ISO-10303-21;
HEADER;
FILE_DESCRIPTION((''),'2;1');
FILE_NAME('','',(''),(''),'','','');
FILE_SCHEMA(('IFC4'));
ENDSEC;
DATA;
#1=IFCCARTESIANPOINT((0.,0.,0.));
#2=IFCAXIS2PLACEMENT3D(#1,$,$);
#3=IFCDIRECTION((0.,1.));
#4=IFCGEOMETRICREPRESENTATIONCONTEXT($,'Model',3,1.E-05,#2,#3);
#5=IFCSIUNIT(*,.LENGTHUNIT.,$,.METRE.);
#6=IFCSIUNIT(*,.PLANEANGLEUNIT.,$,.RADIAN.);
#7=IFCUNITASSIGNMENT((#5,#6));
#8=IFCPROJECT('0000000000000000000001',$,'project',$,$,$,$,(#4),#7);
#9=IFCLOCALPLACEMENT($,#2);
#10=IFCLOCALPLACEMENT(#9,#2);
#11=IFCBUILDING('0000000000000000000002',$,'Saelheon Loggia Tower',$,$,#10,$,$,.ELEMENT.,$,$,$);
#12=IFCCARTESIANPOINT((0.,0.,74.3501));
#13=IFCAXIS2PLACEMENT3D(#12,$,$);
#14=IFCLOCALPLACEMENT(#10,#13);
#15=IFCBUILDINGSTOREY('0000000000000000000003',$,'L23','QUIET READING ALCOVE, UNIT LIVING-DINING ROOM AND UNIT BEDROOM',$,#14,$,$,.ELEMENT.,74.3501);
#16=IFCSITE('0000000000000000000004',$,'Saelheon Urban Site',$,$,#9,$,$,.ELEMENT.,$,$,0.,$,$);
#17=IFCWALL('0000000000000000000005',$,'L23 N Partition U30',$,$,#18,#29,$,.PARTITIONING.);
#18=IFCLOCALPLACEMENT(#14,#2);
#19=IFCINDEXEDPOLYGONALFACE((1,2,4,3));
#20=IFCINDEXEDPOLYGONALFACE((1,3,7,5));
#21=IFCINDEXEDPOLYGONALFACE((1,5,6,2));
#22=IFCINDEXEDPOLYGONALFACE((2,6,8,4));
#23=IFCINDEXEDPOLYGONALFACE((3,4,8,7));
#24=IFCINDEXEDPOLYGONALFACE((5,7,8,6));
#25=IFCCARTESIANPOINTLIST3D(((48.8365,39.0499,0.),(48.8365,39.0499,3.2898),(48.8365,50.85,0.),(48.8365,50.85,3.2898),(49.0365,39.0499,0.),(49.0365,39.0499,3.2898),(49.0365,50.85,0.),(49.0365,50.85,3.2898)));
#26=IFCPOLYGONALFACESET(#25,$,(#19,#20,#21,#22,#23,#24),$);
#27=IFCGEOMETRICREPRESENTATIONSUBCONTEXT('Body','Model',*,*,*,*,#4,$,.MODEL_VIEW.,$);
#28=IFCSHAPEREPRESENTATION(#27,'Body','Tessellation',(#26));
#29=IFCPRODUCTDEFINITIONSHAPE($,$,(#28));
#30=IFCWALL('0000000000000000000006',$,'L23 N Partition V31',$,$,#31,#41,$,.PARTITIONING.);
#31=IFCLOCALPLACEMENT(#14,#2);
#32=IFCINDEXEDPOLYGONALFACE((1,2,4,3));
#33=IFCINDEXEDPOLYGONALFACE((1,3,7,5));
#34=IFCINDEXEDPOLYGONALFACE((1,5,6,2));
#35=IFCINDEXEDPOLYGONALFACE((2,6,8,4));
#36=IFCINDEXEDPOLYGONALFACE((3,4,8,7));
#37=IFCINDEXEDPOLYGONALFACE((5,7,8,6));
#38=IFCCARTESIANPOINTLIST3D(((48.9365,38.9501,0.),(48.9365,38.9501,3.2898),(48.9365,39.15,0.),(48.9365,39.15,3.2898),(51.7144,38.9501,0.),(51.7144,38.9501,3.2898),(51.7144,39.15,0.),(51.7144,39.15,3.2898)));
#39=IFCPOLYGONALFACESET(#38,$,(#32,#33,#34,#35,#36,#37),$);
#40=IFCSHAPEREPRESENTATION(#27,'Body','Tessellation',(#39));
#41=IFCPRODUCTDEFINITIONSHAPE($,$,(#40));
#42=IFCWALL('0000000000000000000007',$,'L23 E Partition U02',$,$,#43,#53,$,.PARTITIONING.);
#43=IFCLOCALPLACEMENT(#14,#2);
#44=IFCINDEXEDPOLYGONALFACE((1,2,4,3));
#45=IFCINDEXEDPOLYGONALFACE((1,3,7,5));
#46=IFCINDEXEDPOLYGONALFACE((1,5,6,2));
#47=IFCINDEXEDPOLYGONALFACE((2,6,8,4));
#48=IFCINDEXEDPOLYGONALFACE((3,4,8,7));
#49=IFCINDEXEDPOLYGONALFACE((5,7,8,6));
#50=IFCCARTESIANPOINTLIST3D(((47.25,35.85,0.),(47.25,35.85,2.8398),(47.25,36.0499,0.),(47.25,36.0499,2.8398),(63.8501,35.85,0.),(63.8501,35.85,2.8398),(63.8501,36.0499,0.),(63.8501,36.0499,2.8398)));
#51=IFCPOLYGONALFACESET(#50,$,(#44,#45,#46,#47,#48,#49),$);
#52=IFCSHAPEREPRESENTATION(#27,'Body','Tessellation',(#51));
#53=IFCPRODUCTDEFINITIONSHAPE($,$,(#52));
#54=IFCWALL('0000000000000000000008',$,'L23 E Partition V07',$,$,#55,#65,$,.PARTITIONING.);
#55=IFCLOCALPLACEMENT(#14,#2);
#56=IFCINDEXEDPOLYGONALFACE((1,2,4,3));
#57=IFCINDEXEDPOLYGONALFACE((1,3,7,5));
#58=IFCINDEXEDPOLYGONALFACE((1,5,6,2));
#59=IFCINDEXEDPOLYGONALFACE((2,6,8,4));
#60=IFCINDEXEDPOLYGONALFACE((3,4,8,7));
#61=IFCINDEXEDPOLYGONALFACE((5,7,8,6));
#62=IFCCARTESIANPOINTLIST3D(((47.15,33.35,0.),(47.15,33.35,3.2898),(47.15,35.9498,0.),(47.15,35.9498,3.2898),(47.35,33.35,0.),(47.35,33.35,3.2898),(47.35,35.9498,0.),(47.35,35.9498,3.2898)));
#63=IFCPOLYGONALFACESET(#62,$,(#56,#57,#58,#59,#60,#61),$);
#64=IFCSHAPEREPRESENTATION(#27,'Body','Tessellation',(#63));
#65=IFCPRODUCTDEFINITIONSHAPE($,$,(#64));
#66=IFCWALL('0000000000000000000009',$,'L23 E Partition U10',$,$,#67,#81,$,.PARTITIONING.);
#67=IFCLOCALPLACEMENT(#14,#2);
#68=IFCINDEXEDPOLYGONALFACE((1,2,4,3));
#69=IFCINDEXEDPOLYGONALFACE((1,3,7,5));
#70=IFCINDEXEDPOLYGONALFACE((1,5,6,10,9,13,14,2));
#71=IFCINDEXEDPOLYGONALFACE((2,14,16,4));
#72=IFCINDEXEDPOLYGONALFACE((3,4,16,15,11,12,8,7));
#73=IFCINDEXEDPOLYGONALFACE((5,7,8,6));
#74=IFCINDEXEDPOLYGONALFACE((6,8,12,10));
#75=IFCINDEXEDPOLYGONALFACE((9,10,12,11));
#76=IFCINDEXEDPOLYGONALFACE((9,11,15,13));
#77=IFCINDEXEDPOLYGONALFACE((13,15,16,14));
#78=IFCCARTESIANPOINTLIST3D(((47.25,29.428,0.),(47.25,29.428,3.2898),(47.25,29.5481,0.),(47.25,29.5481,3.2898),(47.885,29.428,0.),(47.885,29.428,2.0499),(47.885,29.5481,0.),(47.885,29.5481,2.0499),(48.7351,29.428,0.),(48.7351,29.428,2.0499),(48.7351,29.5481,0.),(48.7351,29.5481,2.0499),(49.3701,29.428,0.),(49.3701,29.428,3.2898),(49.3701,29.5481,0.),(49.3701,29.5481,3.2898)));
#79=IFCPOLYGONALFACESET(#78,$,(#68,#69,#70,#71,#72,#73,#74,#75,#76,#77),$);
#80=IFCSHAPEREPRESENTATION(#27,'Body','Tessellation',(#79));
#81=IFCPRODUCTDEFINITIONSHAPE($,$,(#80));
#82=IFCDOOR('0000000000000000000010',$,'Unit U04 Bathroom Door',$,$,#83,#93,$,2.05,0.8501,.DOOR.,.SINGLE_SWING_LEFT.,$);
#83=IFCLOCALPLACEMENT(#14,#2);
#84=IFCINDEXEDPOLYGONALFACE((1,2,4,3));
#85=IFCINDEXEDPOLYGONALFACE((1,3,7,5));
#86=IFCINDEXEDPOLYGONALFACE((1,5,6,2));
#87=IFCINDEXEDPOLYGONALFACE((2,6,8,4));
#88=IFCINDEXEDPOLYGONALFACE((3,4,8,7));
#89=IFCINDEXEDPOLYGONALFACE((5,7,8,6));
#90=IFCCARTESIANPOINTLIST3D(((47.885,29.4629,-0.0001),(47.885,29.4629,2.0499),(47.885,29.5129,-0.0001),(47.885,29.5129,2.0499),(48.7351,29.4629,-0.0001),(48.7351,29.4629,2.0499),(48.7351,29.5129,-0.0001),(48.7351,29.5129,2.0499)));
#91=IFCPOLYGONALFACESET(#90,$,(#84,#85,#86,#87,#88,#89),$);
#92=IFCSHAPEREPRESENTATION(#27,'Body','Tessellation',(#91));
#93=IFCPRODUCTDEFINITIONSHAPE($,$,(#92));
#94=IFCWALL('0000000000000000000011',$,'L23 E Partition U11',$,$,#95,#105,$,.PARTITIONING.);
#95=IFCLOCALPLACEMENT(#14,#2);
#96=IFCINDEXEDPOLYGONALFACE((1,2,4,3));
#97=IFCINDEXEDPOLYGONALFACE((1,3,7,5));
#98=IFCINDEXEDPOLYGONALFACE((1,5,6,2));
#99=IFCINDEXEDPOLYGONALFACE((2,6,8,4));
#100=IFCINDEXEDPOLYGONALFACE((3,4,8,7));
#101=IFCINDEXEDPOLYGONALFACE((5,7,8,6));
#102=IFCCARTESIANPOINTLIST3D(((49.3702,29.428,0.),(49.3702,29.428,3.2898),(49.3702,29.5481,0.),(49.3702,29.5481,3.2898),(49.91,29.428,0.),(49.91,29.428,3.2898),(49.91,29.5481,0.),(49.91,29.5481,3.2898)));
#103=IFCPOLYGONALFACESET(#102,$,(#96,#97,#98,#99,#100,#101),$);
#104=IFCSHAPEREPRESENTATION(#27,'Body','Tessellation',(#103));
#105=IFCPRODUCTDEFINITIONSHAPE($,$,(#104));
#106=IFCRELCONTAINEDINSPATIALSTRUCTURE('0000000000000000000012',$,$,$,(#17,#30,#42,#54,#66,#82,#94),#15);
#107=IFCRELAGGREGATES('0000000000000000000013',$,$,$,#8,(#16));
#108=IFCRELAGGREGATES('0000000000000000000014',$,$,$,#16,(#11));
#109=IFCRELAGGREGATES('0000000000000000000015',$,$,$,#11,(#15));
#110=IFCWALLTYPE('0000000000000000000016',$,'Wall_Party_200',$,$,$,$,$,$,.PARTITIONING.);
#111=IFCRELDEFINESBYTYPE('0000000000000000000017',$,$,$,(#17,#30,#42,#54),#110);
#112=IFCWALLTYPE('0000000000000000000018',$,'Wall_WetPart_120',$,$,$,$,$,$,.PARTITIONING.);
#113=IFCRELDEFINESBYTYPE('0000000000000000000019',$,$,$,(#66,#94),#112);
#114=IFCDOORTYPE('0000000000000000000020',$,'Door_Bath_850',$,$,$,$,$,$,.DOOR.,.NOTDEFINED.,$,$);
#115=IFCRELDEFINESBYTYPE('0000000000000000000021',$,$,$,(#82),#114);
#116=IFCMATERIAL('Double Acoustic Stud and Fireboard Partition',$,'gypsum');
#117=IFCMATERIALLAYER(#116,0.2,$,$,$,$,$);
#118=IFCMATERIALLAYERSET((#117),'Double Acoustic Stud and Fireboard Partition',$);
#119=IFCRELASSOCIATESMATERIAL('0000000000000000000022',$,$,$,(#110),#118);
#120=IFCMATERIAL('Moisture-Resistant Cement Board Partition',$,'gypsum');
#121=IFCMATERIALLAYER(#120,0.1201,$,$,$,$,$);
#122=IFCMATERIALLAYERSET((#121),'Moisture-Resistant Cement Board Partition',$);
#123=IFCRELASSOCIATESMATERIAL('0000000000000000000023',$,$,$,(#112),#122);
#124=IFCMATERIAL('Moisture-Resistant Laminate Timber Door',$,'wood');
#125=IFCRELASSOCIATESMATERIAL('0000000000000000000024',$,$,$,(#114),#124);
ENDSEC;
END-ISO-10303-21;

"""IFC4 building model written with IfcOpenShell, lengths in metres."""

from ifc_helpers import new_model, si_unit, direction, frame, frame_2d, origin, place, context, subcontext, project, spatial, rectangle, extrude, source, transform, mapped, material, layer, layer_set, type_object, element, fill, save


model = new_model("IFC4")

# Units and contexts
model_context = context("Model", 3, precision=1e-05, world=origin(), true_north=direction((0.0, 1.0)))
body_context = subcontext(model_context, "Body", "Model", "MODEL_VIEW")
ifc_project = project(units=[si_unit("LENGTHUNIT", "METRE"), si_unit("PLANEANGLEUNIT", "RADIAN")], contexts=[model_context])

# Site, building, storey
site_placement = place(None, origin())
site = spatial("IfcSite", under=ifc_project, at=site_placement, Name="Saelheon Urban Site", CompositionType="ELEMENT", RefElevation=0.0)
building_placement = place(site_placement, origin())
building = spatial("IfcBuilding", under=site, at=building_placement, Name="Saelheon Loggia Tower", CompositionType="ELEMENT")
storey_placement = place(building_placement, frame((0.0, 0.0, 74.3501)))
storey = spatial("IfcBuildingStorey", under=building, at=storey_placement, Name="L23", Description="QUIET READING ALCOVE, UNIT LIVING-DINING ROOM AND UNIT BEDROOM", CompositionType="ELEMENT", Elevation=74.3501)

# Walls
ifc_material_1 = material(Name="Double Acoustic Stud and Fireboard Partition", Category="gypsum")
ifc_layer_1 = layer(ifc_material_1, 0.2)
ifc_layer_set_1 = layer_set([ifc_layer_1], Name="Double Acoustic Stud and Fireboard Partition")
wall_type_1 = type_object("IfcWallType", Name="Wall_Party_200", PredefinedType="PARTITIONING", material=ifc_layer_set_1)
wall_1_placement = place(storey_placement, frame((48.9365, 39.05, 0.0), z_axis=(0.0, 0.0, 1.0), x_axis=(0.0, 1.0, 0.0)))
element("IfcWall", 1, at=wall_1_placement, inside=storey, type_object=wall_type_1, Name="L23 N Partition U30", PredefinedType="PARTITIONING", context=body_context, shape_type="SweptSolid", body=[
    extrude(rectangle(XDim=11.8, YDim=0.2, at=frame_2d((5.8999, 0.0))), origin(), (0.0, 0.0, 1.0), 3.2898),
])
wall_2_placement = place(storey_placement, frame((48.9365, 39.05, 0.0), z_axis=(0.0, 0.0, 1.0), x_axis=(1.0, 0.0, 0.0)))
element("IfcWall", 2, at=wall_2_placement, inside=storey, type_object=wall_type_1, Name="L23 N Partition V31", PredefinedType="PARTITIONING", context=body_context, shape_type="SweptSolid", body=[
    extrude(rectangle(XDim=2.7778, YDim=0.2, at=frame_2d((1.3889, 0.0))), origin(), (0.0, 0.0, 1.0), 3.2898),
])

# Walls
wall_3_placement = place(storey_placement, frame((47.25, 35.95, 0.0), z_axis=(0.0, 0.0, 1.0), x_axis=(1.0, 0.0, 0.0)))
element("IfcWall", 3, at=wall_3_placement, inside=storey, type_object=wall_type_1, Name="L23 E Partition U02", PredefinedType="PARTITIONING", context=body_context, shape_type="SweptSolid", body=[
    extrude(rectangle(XDim=16.6001, YDim=0.2, at=frame_2d((8.3, 0.0))), origin(), (0.0, 0.0, 1.0), 2.8398),
])
wall_4_placement = place(storey_placement, frame((47.25, 33.3501, 0.0), z_axis=(0.0, 0.0, 1.0), x_axis=(0.0, 1.0, 0.0)))
element("IfcWall", 4, at=wall_4_placement, inside=storey, type_object=wall_type_1, Name="L23 E Partition V07", PredefinedType="PARTITIONING", context=body_context, shape_type="SweptSolid", body=[
    extrude(rectangle(XDim=2.5999, YDim=0.2, at=frame_2d((1.2998, 0.0))), origin(), (0.0, 0.0, 1.0), 3.2898),
])

# Wall, opening, door
ifc_material_2 = material(Name="Moisture-Resistant Cement Board Partition", Category="gypsum")
ifc_layer_2 = layer(ifc_material_2, 0.1201)
ifc_layer_set_2 = layer_set([ifc_layer_2], Name="Moisture-Resistant Cement Board Partition")
wall_type_2 = type_object("IfcWallType", Name="Wall_WetPart_120", PredefinedType="PARTITIONING", material=ifc_layer_set_2)
wall_5_placement = place(storey_placement, frame((47.25, 29.488, 0.0), z_axis=(0.0, 0.0, 1.0), x_axis=(1.0, 0.0, 0.0)))
wall_5 = element("IfcWall", 5, at=wall_5_placement, inside=storey, type_object=wall_type_2, Name="L23 E Partition U10", PredefinedType="PARTITIONING", context=body_context, shape_type="SweptSolid", body=[
    extrude(rectangle(XDim=2.1201, YDim=0.1201, at=frame_2d((1.0601, 0.0))), origin(), (0.0, 0.0, 1.0), 3.2898),
])
opening_1_placement = place(wall_5_placement, frame((0.635, 0.0, 0.0)))
opening_1 = element("IfcOpeningElement", 6, at=opening_1_placement, cuts=wall_5, PredefinedType="OPENING", context=body_context, shape_type="SweptSolid", body=[
    extrude(rectangle(XDim=0.8501, YDim=2.05, at=frame_2d((0.425, 1.0249))), frame((0.0, 0.072, 0.0), z_axis=(0.0, -1.0, 0.0), x_axis=(1.0, 0.0, 0.0)), (0.0, 0.0, 1.0), 0.144),
])
ifc_material_3 = material(Name="Moisture-Resistant Laminate Timber Door", Category="wood")
door_type_1 = type_object("IfcDoorType", Name="Door_Bath_850", OperationType="NOTDEFINED", PredefinedType="DOOR", material=ifc_material_3)
shared_shape_1 = source(origin(), body_context, "Body", "SweptSolid", [
    extrude(rectangle(XDim=0.8501, YDim=2.05, at=frame_2d((0.425, 1.0249))), frame((0.0, 0.0249, 0.0), z_axis=(0.0, -1.0, 0.0), x_axis=(1.0, 0.0, 0.0)), (0.0, 0.0, 1.0), 0.05),
])
door_1_placement = place(opening_1_placement, origin())
door_1 = element("IfcDoor", 7, at=door_1_placement, inside=storey, type_object=door_type_1, Name="Unit U04 Bathroom Door", OperationType="SINGLE_SWING_LEFT", OverallHeight=2.05, OverallWidth=0.8501, PredefinedType="DOOR", context=body_context, shape_type="MappedRepresentation", body=[
    mapped(shared_shape_1, transform((0.0, 0.0, 0.0), scale=1.0)),
])
fill(opening_1, door_1)

# Wall
wall_6_placement = place(storey_placement, frame((49.3701, 29.488, 0.0), z_axis=(0.0, 0.0, 1.0), x_axis=(1.0, 0.0, 0.0)))
element("IfcWall", 8, at=wall_6_placement, inside=storey, type_object=wall_type_2, Name="L23 E Partition U11", PredefinedType="PARTITIONING", context=body_context, shape_type="SweptSolid", body=[
    extrude(rectangle(XDim=0.5398, YDim=0.1201, at=frame_2d((0.27, 0.0))), origin(), (0.0, 0.0, 1.0), 3.2898),
])

save(model, "model.ifc")
